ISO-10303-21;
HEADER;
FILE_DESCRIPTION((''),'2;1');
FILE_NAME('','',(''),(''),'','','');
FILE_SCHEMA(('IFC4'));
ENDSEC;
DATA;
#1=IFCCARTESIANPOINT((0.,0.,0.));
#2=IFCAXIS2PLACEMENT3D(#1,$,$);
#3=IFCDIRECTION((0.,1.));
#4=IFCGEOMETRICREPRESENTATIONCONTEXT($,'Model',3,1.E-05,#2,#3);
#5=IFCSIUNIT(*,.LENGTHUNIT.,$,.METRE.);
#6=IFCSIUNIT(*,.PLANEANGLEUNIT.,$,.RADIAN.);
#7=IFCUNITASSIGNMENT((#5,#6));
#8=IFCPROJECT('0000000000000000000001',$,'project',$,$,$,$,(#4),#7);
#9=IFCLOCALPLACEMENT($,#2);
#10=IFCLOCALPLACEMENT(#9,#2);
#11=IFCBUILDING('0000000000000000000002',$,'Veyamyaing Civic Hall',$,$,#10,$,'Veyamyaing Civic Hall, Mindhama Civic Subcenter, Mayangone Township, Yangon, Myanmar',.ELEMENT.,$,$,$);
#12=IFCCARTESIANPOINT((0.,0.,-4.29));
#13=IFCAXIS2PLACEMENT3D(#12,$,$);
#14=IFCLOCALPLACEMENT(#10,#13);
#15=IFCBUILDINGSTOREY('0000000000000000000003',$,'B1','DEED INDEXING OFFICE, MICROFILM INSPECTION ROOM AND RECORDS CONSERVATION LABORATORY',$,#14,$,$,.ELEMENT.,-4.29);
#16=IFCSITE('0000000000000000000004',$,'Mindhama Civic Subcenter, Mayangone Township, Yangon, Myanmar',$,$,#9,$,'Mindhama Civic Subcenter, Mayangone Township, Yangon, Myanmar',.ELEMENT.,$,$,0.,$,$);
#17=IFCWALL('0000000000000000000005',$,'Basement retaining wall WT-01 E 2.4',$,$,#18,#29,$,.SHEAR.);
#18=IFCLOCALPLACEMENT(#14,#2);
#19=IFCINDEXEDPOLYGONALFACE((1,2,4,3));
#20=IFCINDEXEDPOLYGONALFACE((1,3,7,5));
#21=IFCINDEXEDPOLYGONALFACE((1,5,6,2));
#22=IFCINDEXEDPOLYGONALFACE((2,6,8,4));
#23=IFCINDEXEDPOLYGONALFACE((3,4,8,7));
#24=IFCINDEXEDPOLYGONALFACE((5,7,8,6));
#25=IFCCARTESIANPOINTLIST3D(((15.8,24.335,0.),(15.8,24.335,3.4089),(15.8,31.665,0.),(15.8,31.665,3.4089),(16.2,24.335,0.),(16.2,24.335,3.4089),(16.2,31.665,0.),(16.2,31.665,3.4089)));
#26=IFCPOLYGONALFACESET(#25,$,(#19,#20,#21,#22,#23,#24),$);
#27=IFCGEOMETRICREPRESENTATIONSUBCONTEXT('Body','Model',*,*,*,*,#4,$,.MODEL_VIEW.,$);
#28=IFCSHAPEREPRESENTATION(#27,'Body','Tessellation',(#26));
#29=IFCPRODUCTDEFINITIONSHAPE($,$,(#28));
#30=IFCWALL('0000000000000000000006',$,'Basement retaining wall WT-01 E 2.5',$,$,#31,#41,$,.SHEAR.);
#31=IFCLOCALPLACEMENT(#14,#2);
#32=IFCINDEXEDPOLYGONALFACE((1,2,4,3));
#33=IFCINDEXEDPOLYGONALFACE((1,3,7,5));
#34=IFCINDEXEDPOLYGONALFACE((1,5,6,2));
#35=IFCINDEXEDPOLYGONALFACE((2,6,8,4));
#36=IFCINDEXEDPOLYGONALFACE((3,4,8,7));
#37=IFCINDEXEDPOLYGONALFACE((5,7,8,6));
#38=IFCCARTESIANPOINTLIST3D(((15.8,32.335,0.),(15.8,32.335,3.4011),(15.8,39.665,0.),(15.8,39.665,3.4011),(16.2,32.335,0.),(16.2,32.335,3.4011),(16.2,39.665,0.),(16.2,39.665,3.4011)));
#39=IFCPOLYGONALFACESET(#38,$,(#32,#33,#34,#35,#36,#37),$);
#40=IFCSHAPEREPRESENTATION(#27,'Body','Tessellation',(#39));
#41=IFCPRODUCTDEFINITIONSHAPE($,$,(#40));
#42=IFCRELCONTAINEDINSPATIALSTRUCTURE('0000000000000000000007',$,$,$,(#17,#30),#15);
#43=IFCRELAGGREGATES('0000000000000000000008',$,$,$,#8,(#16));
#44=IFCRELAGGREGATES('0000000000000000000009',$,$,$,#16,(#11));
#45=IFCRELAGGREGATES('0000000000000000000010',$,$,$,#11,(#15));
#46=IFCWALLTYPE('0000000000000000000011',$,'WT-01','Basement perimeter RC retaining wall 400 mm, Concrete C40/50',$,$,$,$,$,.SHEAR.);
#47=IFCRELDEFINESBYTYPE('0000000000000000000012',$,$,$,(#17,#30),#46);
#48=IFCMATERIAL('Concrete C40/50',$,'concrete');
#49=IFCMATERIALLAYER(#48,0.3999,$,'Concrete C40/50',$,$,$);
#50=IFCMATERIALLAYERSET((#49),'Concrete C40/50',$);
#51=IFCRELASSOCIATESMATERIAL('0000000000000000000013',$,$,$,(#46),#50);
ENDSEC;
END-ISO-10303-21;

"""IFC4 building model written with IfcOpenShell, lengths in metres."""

from ifc_helpers import new_model, si_unit, direction, frame, frame_2d, origin, place, context, subcontext, project, spatial, rectangle, extrude, material, layer, layer_set, type_object, element, save


model = new_model("IFC4")

# Units and contexts
model_context = context("Model", 3, precision=1e-05, world=origin(), true_north=direction((0.0, 1.0)))
body_context = subcontext(model_context, "Body", "Model", "MODEL_VIEW")
ifc_project = project(units=[si_unit("LENGTHUNIT", "METRE"), si_unit("PLANEANGLEUNIT", "RADIAN")], contexts=[model_context])

# Site, building, storey
site_placement = place(None, origin())
site = spatial("IfcSite", under=ifc_project, at=site_placement, Name="Mindhama Civic Subcenter, Mayangone Township, Yangon, Myanmar", LongName="Mindhama Civic Subcenter, Mayangone Township, Yangon, Myanmar", CompositionType="ELEMENT", RefElevation=0.0)
building_placement = place(site_placement, origin())
building = spatial("IfcBuilding", under=site, at=building_placement, Name="Veyamyaing Civic Hall", LongName="Veyamyaing Civic Hall, Mindhama Civic Subcenter, Mayangone Township, Yangon, Myanmar", CompositionType="ELEMENT")
storey_placement = place(building_placement, frame((0.0, 0.0, -4.29)))
storey = spatial("IfcBuildingStorey", under=building, at=storey_placement, Name="B1", Description="DEED INDEXING OFFICE, MICROFILM INSPECTION ROOM AND RECORDS CONSERVATION LABORATORY", CompositionType="ELEMENT", Elevation=-4.29)

# Shared definitions
ifc_material_1 = material(Name="Concrete C40/50", Category="concrete")

# Walls
ifc_layer = layer(ifc_material_1, 0.3999, Name="Concrete C40/50")
ifc_layer_set = layer_set([ifc_layer], Name="Concrete C40/50")
wall_type = type_object("IfcWallType", Name="WT-01", Description="Basement perimeter RC retaining wall 400 mm, Concrete C40/50", PredefinedType="SHEAR", material=ifc_layer_set)
wall_1_placement = place(storey_placement, frame((16.0, 24.335, 0.0), z_axis=(0.0, 0.0, 1.0), x_axis=(0.0, 1.0, 0.0)))
element("IfcWall", 1, at=wall_1_placement, inside=storey, type_object=wall_type, Name="Basement retaining wall WT-01 E 2.4", PredefinedType="SHEAR", context=body_context, shape_type="SweptSolid", body=[
    extrude(rectangle(XDim=7.3301, YDim=0.3999, at=frame_2d((3.665, 0.0))), origin(), (0.0, 0.0, 1.0), 3.4089),
])
wall_2_placement = place(storey_placement, frame((16.0, 32.335, 0.0), z_axis=(0.0, 0.0, 1.0), x_axis=(0.0, 1.0, 0.0)))
element("IfcWall", 2, at=wall_2_placement, inside=storey, type_object=wall_type, Name="Basement retaining wall WT-01 E 2.5", PredefinedType="SHEAR", context=body_context, shape_type="SweptSolid", body=[
    extrude(rectangle(XDim=7.3301, YDim=0.3999, at=frame_2d((3.665, 0.0))), origin(), (0.0, 0.0, 1.0), 3.4011),
])

save(model, "model.ifc")
